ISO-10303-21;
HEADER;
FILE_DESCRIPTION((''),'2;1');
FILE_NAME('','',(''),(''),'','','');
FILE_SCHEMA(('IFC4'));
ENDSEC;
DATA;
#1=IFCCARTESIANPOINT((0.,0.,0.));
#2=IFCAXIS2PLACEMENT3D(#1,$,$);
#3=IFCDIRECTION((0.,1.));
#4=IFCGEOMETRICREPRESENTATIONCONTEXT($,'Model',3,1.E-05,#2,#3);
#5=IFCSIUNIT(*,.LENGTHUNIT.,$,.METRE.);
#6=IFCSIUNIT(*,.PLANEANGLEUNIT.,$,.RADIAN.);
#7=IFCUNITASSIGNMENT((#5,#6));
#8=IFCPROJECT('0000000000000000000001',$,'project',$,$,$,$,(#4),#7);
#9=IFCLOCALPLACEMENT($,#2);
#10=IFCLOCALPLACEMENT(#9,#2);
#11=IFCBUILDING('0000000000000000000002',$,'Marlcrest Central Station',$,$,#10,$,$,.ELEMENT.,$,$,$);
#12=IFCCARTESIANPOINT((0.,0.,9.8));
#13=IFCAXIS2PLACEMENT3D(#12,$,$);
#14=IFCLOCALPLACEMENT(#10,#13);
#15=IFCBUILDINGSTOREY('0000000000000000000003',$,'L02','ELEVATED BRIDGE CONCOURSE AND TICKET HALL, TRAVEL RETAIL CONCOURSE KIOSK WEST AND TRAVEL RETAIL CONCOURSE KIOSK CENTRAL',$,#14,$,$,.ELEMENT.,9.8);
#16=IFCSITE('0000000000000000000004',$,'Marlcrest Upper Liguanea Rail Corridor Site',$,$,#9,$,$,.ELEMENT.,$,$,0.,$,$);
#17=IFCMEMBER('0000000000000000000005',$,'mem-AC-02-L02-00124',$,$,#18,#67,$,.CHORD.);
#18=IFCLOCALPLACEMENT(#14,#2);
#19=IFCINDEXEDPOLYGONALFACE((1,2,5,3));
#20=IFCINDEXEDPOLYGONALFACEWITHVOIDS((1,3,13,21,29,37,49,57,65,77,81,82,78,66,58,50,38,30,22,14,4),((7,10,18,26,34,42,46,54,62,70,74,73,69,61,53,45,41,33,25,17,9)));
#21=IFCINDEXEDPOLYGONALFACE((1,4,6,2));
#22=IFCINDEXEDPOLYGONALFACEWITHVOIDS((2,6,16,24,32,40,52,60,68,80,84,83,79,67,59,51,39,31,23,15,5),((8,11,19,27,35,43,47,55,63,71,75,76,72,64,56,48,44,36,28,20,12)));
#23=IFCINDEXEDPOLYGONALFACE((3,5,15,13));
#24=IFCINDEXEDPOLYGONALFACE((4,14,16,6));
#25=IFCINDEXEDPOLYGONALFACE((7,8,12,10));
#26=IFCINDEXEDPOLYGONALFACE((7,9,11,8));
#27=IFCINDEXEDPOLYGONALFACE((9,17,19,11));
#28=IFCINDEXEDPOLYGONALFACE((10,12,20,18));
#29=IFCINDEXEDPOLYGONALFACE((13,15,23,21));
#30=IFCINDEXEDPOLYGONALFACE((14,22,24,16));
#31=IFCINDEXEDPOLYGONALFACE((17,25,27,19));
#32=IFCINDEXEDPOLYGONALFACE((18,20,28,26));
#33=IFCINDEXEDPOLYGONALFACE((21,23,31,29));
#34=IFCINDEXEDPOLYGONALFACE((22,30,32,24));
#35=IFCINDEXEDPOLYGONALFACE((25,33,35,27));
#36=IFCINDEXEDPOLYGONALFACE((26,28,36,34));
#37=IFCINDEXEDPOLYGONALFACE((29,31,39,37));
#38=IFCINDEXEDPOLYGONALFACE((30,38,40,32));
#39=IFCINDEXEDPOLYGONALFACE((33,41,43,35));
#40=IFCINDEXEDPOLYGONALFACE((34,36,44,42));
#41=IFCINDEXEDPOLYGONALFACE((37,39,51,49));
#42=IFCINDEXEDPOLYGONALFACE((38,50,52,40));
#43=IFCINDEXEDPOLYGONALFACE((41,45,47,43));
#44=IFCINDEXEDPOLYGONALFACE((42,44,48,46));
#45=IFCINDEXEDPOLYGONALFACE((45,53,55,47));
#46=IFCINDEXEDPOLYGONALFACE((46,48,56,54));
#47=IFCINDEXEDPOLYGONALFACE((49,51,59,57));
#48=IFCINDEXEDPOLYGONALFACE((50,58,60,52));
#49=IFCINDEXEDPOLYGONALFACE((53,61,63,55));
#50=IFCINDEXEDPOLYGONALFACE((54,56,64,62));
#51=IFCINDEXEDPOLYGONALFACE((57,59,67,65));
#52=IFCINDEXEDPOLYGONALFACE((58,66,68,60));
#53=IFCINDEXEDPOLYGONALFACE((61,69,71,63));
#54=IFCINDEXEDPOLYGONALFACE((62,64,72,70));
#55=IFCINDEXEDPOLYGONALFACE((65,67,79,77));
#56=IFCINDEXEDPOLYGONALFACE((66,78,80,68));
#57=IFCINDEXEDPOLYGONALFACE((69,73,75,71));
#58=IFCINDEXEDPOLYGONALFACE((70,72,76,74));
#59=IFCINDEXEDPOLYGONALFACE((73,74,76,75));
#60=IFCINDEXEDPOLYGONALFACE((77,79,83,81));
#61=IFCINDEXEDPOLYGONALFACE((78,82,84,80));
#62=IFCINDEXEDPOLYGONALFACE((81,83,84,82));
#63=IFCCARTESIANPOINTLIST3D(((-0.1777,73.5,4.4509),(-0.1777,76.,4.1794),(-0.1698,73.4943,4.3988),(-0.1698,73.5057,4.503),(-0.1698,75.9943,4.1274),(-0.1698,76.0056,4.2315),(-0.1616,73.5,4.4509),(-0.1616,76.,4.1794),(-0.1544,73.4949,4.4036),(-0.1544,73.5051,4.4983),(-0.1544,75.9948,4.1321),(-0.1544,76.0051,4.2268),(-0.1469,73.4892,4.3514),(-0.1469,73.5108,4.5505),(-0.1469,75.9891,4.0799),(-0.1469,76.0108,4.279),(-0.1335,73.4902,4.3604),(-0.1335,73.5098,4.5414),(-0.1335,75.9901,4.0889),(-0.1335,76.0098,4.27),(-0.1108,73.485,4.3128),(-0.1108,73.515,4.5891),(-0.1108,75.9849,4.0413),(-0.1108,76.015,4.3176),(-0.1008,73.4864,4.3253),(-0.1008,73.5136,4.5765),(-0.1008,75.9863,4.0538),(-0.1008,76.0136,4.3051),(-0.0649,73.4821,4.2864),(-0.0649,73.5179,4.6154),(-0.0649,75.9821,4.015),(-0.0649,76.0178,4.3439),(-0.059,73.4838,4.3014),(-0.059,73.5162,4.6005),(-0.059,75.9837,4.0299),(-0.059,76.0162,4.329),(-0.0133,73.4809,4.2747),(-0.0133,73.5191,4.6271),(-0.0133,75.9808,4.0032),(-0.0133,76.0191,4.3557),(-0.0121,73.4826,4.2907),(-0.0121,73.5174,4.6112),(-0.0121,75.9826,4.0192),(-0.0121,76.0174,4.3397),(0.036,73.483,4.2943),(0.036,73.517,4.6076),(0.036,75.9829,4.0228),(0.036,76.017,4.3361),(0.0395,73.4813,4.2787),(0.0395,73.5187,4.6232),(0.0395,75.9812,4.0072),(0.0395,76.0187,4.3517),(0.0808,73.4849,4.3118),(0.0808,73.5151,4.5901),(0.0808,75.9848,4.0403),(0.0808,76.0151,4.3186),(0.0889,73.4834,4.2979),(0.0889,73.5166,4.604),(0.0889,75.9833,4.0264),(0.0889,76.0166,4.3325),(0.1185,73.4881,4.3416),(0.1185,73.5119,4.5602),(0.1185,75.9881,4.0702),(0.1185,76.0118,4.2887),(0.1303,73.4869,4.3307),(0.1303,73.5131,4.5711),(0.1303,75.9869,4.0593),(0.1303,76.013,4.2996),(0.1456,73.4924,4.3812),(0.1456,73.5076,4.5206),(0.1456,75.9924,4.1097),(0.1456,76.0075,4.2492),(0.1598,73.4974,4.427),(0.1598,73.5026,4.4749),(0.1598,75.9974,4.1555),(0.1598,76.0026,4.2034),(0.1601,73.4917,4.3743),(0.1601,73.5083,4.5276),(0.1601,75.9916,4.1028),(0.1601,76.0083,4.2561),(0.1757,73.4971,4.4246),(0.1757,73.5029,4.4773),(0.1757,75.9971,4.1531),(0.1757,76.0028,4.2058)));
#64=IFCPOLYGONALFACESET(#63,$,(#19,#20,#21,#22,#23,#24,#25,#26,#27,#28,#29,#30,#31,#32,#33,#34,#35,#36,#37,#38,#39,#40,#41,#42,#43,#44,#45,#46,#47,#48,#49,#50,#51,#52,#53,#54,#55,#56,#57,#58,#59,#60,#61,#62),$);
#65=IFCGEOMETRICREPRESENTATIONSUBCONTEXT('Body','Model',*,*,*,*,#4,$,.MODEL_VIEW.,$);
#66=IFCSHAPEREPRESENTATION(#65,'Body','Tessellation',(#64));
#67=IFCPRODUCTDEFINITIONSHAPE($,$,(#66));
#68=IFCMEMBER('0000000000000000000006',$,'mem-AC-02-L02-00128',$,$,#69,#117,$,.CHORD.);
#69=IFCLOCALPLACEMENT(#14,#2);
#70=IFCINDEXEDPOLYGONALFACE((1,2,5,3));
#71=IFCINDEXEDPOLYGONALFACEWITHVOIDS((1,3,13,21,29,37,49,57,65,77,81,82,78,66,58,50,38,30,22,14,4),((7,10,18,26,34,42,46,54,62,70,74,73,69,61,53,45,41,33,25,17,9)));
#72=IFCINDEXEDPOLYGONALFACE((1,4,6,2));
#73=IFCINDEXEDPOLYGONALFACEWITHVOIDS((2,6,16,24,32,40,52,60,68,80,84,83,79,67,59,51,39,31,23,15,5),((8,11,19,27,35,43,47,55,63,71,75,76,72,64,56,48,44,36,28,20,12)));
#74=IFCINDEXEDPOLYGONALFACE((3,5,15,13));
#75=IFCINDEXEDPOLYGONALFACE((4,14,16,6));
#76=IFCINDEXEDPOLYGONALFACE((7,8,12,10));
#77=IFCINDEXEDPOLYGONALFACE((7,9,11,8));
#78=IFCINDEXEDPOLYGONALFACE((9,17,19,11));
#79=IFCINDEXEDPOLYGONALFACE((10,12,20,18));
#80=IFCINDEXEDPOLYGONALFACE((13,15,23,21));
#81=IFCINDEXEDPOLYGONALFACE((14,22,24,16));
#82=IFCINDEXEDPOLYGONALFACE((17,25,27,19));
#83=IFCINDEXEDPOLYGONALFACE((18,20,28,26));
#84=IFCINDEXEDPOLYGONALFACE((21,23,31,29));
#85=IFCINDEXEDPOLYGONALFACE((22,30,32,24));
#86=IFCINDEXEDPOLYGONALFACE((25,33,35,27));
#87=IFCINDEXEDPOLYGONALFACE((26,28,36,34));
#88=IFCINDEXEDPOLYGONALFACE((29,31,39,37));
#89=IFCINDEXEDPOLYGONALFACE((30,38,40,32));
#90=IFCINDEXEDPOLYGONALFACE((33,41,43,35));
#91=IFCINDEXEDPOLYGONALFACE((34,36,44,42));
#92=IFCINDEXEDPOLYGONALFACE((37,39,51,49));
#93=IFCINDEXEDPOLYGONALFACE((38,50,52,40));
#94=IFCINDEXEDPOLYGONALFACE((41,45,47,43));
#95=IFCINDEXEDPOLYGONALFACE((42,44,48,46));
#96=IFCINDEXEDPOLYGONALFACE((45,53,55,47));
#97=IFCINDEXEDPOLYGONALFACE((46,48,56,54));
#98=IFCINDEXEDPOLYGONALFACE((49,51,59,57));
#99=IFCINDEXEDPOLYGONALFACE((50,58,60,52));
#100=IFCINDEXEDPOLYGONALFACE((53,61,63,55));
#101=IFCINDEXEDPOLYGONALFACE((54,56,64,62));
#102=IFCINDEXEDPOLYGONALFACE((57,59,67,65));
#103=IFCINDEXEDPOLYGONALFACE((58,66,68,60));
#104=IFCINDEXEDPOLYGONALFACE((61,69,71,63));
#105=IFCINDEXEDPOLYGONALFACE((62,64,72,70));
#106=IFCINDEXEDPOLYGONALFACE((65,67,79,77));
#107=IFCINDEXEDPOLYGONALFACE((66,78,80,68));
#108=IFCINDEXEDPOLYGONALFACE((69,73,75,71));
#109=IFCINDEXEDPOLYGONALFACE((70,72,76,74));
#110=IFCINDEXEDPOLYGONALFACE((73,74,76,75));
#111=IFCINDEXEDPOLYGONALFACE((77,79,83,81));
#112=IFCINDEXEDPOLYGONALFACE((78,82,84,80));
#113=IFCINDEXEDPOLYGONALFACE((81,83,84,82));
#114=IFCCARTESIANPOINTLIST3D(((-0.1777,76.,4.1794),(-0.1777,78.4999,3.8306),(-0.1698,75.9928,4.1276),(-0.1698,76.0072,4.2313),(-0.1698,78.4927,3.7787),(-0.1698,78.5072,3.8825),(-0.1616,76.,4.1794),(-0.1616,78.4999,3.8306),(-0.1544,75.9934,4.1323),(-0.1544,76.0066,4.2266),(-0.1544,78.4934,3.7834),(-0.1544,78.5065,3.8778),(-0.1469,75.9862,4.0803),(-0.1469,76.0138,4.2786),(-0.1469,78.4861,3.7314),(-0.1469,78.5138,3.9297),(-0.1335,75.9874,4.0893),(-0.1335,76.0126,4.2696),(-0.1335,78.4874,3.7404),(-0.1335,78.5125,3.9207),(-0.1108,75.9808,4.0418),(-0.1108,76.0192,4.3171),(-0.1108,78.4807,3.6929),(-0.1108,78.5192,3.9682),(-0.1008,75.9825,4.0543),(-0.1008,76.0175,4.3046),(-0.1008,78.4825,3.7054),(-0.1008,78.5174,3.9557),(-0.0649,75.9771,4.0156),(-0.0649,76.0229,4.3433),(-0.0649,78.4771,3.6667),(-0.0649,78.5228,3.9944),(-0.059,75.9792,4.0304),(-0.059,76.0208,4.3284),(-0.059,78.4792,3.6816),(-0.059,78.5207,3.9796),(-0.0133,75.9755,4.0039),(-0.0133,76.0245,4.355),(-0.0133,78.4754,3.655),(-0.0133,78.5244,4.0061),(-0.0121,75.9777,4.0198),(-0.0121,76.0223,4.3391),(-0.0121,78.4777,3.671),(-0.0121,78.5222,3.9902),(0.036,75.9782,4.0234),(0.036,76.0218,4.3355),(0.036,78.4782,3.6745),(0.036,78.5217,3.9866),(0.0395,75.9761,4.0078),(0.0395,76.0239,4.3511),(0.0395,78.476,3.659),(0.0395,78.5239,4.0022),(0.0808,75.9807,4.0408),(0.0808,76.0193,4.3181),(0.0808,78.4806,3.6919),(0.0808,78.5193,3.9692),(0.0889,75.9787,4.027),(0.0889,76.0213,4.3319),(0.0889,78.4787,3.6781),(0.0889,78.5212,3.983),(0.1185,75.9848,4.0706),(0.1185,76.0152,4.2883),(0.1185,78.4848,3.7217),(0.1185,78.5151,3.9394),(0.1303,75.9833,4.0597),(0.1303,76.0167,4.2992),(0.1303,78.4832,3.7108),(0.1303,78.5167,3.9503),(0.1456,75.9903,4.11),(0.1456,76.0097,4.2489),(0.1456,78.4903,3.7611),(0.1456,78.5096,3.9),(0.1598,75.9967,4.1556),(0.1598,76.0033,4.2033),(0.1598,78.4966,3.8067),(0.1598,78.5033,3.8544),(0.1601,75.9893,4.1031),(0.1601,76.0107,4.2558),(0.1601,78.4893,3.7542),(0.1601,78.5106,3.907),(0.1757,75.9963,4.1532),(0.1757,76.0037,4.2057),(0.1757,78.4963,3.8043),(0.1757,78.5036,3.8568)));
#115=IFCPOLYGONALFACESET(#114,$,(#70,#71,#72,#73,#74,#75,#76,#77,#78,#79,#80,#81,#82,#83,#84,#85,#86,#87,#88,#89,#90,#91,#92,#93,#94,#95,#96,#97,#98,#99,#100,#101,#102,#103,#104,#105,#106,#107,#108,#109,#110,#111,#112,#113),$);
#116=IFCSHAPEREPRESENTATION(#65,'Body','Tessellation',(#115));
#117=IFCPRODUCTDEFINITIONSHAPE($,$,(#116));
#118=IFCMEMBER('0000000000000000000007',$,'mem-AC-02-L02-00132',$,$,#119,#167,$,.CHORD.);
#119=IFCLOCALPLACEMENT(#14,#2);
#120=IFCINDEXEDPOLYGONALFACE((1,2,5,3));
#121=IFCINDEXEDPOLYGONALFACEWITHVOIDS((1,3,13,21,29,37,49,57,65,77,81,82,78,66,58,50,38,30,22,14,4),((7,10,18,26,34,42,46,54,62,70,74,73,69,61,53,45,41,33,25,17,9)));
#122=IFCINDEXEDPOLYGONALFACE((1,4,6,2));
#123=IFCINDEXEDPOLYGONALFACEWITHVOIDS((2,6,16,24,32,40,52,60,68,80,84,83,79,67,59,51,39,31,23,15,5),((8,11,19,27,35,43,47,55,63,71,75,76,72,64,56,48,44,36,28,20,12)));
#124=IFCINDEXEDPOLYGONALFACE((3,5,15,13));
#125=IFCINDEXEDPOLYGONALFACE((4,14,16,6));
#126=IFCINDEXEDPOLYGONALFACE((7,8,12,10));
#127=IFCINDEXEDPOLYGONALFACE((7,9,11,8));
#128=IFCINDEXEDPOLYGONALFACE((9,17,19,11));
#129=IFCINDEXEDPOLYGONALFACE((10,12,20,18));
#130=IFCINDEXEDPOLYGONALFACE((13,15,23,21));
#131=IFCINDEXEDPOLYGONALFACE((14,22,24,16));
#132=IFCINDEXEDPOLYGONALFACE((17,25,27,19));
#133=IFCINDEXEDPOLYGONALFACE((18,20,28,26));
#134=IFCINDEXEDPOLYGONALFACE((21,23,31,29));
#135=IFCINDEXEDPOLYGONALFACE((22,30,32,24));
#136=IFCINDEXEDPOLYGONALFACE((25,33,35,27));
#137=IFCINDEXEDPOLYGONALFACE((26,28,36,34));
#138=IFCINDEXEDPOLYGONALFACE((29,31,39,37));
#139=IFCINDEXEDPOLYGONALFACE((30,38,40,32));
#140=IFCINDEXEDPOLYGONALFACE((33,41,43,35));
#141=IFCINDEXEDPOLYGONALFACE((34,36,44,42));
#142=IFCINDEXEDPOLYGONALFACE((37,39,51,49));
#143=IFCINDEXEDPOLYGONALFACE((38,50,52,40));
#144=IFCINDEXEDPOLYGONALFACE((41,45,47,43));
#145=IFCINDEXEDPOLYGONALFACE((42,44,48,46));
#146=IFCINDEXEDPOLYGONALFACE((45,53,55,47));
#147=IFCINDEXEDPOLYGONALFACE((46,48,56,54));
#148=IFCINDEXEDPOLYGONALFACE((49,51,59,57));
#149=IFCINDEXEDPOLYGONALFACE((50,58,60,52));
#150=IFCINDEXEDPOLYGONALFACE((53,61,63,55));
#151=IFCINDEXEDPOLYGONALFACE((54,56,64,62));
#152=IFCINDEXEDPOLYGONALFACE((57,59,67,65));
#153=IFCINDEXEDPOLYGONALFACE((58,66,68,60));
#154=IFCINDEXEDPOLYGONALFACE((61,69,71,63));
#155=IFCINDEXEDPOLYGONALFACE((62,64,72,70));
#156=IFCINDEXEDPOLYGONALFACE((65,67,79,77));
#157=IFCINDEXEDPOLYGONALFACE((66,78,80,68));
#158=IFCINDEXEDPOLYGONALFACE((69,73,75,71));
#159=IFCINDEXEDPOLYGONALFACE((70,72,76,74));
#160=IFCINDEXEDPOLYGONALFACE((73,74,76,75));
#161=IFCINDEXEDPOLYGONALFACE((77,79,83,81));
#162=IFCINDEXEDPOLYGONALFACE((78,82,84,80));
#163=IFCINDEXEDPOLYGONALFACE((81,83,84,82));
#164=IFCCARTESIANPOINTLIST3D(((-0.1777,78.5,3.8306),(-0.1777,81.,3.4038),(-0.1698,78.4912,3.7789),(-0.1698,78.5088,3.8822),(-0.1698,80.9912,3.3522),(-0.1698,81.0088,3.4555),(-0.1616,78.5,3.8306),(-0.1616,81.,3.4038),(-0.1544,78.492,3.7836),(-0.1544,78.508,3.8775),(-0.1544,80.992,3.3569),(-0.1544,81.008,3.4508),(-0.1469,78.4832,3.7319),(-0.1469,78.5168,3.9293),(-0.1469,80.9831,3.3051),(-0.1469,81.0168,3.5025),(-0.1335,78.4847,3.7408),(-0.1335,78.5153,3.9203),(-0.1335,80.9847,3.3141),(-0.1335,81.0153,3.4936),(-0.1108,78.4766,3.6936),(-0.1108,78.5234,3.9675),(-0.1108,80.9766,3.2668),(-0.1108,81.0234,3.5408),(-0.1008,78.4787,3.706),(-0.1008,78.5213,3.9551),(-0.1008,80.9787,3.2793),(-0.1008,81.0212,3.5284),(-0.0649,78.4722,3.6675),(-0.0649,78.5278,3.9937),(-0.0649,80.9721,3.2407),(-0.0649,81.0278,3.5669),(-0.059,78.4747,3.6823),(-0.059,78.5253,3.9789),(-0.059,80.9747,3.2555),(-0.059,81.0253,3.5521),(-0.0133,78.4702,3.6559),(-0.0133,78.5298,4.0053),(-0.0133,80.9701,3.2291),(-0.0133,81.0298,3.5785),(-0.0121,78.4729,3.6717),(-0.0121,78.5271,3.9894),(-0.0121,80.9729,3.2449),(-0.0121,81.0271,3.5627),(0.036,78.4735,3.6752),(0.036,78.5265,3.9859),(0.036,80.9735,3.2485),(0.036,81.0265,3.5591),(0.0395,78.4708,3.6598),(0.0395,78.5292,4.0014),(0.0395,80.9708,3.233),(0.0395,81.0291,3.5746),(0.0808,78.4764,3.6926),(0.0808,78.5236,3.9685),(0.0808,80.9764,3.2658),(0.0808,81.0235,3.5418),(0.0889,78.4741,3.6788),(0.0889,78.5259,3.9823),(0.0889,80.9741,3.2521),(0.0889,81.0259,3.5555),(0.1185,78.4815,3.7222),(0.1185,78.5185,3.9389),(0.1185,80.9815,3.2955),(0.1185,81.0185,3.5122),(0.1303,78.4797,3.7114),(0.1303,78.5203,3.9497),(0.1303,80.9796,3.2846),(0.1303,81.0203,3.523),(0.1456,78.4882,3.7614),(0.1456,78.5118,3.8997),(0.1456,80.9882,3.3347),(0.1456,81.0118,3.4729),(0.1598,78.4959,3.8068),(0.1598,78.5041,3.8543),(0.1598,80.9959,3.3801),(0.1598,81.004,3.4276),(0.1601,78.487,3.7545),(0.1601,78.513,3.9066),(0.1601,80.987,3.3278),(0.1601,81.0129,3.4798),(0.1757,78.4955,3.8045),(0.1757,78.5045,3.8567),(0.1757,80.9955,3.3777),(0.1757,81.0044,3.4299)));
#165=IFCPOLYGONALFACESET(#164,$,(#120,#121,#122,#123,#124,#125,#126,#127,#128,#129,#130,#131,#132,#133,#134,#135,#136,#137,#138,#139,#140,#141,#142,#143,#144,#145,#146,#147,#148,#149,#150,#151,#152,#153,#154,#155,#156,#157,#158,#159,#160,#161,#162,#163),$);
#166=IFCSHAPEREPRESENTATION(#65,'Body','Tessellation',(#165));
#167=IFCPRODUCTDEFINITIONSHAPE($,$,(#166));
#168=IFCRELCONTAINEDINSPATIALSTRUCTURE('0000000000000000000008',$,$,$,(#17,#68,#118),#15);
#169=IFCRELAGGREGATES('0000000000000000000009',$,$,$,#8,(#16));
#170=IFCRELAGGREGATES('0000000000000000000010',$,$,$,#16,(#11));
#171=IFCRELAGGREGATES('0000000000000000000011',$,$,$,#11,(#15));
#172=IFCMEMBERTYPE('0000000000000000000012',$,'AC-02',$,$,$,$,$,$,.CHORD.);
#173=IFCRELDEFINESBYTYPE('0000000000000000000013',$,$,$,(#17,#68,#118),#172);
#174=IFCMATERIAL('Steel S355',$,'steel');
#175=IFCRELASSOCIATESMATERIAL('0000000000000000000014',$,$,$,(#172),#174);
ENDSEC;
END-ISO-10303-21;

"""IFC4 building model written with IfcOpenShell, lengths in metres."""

from ifc_helpers import new_model, si_unit, direction, frame, origin, origin_2d, place, context, subcontext, project, spatial, hollow_circle, extrude, material, material_profile, profile_set, type_object, element, save


model = new_model("IFC4")

# Units and contexts
model_context = context("Model", 3, precision=1e-05, world=origin(), true_north=direction((0.0, 1.0)))
body_context = subcontext(model_context, "Body", "Model", "MODEL_VIEW")
ifc_project = project(units=[si_unit("LENGTHUNIT", "METRE"), si_unit("PLANEANGLEUNIT", "RADIAN")], contexts=[model_context])

# Site, building, storey
site_placement = place(None, origin())
site = spatial("IfcSite", under=ifc_project, at=site_placement, Name="Marlcrest Upper Liguanea Rail Corridor Site", CompositionType="ELEMENT", RefElevation=0.0)
building_placement = place(site_placement, origin())
building = spatial("IfcBuilding", under=site, at=building_placement, Name="Marlcrest Central Station", CompositionType="ELEMENT")
storey_placement = place(building_placement, frame((0.0, 0.0, 9.8)))
storey = spatial("IfcBuildingStorey", under=building, at=storey_placement, Name="L02", Description="ELEVATED BRIDGE CONCOURSE AND TICKET HALL, TRAVEL RETAIL CONCOURSE KIOSK WEST AND TRAVEL RETAIL CONCOURSE KIOSK CENTRAL", CompositionType="ELEMENT", Elevation=9.8)

# Members
ifc_material = material(Name="Steel S355", Category="steel")
ifc_material_profile_1 = material_profile(ifc_material, hollow_circle(Radius=0.1777, WallThickness=0.0161, at=origin_2d()), Name="CHS 355.6x16")
ifc_profile_set_1 = profile_set([ifc_material_profile_1], Name="Steel S355")
member_type_1 = type_object("IfcMemberType", Name="AC-02", PredefinedType="CHORD", material=ifc_profile_set_1)
member_1_placement = place(storey_placement, frame((0.0, 73.5, 4.4509), z_axis=(0.0, 0.994155, -0.107959), x_axis=(-1.0, 0.0, 0.0)))
element("IfcMember", 1, at=member_1_placement, inside=storey, type_object=member_type_1, Name="mem-AC-02-L02-00124", PredefinedType="CHORD", context=body_context, shape_type="SweptSolid", body=[
    extrude(hollow_circle(Radius=0.1777, WallThickness=0.0161, at=origin_2d()), origin(), (0.0, 0.0, 1.0), 2.5146),
])
member_2_placement = place(storey_placement, frame((0.0, 76.0, 4.1794), z_axis=(0.0, 0.990403, -0.138211), x_axis=(-1.0, 0.0, 0.0)))
element("IfcMember", 2, at=member_2_placement, inside=storey, type_object=member_type_1, Name="mem-AC-02-L02-00128", PredefinedType="CHORD", context=body_context, shape_type="SweptSolid", body=[
    extrude(hollow_circle(Radius=0.1777, WallThickness=0.0161, at=origin_2d()), origin(), (0.0, 0.0, 1.0), 2.5242),
])
member_3_placement = place(storey_placement, frame((0.0, 78.5, 3.8306), z_axis=(0.0, 0.985741, -0.168269), x_axis=(-1.0, 0.0, 0.0)))
element("IfcMember", 3, at=member_3_placement, inside=storey, type_object=member_type_1, Name="mem-AC-02-L02-00132", PredefinedType="CHORD", context=body_context, shape_type="SweptSolid", body=[
    extrude(hollow_circle(Radius=0.1777, WallThickness=0.0161, at=origin_2d()), origin(), (0.0, 0.0, 1.0), 2.5361),
])

save(model, "model.ifc")
